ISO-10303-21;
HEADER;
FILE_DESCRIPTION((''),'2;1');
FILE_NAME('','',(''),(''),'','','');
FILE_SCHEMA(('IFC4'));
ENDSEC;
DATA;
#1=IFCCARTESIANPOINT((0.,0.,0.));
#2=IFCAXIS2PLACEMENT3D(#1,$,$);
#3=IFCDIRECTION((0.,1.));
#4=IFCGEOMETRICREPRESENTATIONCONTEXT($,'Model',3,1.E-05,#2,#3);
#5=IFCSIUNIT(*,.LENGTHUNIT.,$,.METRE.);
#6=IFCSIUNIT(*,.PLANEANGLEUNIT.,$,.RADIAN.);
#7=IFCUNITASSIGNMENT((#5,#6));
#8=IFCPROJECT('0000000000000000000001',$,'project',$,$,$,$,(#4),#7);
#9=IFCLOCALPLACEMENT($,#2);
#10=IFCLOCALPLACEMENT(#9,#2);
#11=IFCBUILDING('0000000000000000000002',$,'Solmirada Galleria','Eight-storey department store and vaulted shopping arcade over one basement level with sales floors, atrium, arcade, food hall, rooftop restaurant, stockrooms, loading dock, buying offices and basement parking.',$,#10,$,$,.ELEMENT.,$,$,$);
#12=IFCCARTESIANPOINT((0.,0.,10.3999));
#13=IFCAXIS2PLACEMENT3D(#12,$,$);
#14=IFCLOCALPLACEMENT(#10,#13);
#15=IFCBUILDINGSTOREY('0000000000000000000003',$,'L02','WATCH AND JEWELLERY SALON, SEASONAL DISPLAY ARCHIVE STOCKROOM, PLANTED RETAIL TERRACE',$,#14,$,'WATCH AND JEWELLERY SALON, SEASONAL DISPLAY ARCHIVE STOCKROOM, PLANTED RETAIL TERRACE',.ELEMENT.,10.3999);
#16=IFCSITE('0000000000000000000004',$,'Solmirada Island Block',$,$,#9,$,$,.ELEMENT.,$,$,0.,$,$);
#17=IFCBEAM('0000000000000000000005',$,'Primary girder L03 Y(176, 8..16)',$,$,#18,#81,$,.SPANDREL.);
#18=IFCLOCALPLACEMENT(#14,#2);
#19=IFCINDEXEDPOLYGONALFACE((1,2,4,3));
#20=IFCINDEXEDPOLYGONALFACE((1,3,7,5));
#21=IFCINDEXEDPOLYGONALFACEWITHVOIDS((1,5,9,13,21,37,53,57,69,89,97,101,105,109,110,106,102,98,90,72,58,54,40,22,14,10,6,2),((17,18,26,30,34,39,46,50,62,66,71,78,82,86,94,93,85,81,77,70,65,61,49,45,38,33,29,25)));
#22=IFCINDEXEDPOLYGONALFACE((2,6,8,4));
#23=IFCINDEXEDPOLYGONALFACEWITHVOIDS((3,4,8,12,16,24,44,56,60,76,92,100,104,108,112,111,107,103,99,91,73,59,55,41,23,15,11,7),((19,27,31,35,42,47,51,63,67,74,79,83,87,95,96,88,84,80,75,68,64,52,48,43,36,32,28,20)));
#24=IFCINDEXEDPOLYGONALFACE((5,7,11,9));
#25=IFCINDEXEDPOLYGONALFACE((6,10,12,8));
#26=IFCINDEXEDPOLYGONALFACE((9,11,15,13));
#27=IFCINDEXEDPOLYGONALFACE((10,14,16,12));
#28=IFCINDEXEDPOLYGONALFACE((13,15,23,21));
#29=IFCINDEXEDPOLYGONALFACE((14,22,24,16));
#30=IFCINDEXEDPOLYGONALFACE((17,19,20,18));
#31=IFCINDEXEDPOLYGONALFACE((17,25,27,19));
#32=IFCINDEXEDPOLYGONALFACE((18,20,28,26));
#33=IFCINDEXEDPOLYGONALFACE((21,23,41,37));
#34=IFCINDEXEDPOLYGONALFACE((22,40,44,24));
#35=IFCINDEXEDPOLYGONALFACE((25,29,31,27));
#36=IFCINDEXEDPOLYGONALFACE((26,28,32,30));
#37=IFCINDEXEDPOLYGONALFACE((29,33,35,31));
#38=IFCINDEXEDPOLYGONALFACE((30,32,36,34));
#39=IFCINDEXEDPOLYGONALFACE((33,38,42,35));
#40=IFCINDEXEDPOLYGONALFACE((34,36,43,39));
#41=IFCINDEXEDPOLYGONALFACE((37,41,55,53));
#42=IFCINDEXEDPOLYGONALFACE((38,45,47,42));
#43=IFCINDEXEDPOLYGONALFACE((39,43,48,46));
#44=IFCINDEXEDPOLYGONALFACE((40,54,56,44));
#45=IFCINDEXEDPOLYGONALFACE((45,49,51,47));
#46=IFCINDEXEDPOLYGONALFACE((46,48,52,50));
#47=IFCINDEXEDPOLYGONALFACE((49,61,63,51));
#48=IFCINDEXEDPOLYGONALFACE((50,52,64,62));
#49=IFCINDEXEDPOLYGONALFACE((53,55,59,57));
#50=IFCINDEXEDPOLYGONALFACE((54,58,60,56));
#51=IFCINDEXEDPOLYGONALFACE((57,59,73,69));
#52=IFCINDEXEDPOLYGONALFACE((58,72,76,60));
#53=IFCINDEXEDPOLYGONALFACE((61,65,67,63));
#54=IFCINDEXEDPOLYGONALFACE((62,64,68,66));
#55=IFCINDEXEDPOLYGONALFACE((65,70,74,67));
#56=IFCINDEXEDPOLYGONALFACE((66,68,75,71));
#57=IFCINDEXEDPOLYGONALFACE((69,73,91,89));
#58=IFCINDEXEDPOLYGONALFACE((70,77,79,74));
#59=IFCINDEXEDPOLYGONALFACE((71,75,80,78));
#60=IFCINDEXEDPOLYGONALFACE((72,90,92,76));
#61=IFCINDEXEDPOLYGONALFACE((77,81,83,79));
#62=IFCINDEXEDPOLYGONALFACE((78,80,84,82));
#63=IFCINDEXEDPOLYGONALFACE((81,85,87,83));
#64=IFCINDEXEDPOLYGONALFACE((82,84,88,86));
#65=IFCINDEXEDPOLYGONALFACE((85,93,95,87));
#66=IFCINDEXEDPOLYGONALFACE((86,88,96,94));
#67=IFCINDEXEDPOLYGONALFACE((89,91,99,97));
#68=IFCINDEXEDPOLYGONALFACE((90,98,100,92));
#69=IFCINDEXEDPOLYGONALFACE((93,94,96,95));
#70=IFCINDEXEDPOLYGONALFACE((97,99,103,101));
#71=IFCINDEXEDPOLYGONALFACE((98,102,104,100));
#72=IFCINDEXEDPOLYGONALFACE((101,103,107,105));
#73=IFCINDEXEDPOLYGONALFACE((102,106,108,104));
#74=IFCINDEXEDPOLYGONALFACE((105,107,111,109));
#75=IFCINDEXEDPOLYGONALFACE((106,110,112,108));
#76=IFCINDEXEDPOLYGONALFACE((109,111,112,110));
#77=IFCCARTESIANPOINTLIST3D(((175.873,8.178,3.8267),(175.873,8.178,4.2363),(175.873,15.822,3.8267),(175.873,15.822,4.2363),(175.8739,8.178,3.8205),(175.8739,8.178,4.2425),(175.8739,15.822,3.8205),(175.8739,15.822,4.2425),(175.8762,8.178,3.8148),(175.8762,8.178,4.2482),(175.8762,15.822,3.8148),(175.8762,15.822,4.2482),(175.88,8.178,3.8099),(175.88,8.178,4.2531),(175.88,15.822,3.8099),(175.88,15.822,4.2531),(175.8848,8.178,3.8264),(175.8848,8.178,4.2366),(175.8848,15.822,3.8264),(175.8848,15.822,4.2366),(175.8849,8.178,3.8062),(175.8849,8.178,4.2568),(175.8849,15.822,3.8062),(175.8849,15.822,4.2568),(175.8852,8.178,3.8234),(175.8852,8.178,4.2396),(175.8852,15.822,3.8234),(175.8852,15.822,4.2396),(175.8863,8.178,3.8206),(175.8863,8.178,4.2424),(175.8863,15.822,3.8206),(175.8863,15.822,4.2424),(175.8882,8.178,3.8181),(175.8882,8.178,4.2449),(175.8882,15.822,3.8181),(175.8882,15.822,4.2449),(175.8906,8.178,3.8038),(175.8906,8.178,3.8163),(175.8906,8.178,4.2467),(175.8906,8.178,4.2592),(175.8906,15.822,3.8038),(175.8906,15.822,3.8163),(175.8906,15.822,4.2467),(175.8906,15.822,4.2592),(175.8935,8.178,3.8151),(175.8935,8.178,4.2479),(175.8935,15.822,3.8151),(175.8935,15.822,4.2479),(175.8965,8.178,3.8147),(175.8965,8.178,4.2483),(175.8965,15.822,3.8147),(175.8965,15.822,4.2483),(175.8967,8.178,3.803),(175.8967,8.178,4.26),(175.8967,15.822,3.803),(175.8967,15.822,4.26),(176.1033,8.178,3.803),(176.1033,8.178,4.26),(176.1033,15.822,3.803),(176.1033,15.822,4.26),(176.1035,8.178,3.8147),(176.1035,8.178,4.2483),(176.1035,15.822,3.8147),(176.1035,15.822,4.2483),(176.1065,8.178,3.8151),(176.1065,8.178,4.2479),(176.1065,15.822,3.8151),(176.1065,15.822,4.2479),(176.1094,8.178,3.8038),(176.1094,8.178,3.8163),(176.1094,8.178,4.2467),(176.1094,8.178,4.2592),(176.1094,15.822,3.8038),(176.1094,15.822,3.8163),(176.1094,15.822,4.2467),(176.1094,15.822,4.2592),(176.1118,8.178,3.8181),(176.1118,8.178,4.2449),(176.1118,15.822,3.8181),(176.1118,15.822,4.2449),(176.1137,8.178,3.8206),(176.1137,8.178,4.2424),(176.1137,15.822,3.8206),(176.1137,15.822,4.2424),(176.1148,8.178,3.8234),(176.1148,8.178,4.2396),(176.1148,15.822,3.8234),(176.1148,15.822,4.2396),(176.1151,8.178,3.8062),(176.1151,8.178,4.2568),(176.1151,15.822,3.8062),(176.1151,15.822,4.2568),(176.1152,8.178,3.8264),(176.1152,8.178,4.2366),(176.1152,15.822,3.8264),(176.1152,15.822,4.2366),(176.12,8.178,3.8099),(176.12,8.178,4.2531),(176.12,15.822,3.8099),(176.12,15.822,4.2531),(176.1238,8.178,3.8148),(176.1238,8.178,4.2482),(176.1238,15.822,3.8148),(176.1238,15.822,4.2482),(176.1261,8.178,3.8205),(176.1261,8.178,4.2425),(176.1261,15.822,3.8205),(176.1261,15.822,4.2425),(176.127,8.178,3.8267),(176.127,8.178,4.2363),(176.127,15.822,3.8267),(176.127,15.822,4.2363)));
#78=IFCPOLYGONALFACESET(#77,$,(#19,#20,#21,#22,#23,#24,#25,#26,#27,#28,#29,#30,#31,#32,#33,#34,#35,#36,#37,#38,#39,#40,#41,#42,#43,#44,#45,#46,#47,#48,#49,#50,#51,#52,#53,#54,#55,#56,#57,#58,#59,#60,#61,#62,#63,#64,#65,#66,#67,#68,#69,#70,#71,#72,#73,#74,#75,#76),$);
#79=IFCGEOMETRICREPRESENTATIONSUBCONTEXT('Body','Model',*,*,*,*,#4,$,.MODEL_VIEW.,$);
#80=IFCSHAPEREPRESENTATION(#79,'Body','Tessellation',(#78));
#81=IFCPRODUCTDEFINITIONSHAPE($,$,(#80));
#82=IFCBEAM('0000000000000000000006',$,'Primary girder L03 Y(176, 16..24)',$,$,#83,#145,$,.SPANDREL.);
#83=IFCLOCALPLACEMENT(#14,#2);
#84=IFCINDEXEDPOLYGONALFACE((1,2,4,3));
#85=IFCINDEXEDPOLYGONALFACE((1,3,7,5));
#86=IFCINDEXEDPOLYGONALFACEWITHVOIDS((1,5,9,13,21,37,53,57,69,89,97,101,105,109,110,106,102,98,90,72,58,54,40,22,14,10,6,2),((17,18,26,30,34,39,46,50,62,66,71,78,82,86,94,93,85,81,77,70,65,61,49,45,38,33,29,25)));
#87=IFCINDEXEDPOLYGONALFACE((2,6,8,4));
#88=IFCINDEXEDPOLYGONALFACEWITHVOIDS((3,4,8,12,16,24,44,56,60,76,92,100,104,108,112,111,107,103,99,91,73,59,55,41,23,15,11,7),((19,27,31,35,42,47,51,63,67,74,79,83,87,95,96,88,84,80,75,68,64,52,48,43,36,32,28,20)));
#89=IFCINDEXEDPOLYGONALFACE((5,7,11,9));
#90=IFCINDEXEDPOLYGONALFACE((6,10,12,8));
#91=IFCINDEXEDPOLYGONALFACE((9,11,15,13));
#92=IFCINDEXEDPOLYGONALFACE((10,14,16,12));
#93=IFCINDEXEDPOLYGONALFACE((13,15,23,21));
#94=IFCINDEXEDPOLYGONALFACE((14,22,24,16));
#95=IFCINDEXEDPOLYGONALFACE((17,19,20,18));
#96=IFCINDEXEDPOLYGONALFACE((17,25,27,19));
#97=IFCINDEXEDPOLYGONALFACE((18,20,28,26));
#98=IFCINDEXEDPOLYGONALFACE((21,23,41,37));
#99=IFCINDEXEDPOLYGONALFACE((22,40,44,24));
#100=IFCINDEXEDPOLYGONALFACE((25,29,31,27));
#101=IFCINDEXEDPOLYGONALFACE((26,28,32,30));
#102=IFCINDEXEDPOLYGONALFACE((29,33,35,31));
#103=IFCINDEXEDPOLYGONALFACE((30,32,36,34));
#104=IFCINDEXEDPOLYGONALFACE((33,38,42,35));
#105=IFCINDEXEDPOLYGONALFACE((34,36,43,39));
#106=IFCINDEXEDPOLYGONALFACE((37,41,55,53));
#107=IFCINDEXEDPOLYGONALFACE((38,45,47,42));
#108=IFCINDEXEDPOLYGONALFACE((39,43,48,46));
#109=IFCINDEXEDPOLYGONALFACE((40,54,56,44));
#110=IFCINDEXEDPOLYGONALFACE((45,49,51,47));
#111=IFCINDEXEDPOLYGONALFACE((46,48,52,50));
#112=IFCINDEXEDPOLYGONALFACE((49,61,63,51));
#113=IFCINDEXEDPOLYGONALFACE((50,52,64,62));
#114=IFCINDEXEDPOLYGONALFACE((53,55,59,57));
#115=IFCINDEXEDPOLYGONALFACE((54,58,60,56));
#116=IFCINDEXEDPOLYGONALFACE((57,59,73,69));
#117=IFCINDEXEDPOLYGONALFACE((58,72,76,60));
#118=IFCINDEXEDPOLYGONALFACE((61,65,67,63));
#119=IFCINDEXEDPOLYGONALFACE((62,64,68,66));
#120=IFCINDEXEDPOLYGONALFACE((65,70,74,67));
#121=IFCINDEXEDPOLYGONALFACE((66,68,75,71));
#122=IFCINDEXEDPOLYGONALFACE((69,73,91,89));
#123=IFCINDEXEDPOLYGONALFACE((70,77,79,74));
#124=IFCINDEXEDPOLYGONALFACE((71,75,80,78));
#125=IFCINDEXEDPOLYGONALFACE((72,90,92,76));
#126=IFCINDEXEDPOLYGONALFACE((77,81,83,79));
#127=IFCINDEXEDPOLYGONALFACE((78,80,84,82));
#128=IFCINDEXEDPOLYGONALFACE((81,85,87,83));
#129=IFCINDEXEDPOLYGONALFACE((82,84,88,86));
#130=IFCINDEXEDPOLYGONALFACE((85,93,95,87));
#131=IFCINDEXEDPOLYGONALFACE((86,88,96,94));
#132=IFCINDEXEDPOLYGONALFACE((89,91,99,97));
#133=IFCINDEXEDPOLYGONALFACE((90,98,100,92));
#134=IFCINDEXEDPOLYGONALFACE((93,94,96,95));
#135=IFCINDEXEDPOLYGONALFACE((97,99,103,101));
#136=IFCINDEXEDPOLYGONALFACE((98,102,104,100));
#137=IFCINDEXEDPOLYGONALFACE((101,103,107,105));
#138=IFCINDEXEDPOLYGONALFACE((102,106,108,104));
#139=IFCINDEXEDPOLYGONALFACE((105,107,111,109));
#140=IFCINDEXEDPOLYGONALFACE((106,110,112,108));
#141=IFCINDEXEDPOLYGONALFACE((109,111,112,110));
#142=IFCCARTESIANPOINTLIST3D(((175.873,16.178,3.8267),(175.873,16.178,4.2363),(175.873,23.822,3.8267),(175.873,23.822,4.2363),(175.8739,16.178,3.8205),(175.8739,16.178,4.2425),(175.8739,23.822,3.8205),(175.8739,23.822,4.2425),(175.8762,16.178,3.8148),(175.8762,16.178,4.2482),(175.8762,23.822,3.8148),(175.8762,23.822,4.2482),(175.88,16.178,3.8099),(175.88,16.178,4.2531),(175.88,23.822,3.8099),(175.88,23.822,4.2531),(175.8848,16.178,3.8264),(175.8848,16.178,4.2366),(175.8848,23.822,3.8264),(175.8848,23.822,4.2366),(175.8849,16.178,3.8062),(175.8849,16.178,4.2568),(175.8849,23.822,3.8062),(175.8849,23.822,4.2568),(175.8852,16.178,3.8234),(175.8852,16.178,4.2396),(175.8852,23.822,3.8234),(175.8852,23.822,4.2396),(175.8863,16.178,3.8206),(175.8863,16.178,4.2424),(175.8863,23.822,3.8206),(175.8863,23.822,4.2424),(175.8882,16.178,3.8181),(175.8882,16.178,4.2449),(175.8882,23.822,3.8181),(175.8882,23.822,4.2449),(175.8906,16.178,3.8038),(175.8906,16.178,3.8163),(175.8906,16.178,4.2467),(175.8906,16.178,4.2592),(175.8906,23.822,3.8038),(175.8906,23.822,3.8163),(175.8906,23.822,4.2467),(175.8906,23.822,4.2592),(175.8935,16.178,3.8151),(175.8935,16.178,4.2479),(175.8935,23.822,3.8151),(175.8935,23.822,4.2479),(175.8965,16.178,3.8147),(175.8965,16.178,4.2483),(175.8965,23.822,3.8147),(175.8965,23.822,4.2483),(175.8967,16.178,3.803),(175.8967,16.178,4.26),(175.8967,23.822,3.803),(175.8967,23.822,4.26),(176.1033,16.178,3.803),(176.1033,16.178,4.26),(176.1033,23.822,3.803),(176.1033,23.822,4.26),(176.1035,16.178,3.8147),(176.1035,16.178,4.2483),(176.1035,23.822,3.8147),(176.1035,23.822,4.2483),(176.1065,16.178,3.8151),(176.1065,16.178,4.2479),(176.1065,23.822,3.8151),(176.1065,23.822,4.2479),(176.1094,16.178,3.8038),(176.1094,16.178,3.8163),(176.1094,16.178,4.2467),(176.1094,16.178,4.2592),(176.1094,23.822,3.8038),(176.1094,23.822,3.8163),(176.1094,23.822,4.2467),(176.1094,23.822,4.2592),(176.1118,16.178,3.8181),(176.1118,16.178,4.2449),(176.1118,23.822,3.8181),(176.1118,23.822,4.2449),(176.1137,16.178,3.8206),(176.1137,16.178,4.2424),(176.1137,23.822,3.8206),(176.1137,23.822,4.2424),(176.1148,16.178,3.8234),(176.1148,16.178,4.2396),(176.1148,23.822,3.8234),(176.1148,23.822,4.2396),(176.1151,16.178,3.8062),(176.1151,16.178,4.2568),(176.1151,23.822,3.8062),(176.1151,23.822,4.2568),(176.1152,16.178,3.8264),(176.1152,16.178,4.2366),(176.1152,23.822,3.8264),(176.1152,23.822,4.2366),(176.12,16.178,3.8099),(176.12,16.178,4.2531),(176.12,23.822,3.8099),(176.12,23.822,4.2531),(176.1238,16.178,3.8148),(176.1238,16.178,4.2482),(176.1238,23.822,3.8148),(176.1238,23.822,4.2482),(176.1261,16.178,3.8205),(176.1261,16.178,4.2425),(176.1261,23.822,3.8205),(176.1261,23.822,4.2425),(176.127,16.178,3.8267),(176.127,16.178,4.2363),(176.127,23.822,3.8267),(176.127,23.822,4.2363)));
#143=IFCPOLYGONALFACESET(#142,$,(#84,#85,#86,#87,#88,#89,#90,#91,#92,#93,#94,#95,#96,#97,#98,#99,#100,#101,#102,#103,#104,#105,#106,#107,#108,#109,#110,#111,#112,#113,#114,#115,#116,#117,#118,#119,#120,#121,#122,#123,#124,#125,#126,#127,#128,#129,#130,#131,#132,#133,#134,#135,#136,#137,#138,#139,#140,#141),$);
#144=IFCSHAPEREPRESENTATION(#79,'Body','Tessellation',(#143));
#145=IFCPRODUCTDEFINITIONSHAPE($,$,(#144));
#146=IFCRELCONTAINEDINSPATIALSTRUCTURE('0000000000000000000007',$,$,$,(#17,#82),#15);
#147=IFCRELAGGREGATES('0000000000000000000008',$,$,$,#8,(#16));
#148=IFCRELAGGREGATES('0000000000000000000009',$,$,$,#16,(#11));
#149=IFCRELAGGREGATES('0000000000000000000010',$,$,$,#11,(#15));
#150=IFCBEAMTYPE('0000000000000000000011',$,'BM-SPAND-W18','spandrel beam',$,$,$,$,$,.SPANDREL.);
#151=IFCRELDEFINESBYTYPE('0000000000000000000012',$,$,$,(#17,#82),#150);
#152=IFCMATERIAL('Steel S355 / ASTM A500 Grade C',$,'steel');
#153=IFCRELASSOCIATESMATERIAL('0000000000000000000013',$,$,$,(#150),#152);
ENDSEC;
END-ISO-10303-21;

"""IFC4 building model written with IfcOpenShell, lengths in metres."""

from ifc_helpers import new_model, si_unit, direction, frame, origin, origin_2d, place, context, subcontext, project, spatial, hollow_rectangle, extrude, material, material_profile, profile_set, type_object, element, save


model = new_model("IFC4")

# Units and contexts
model_context = context("Model", 3, precision=1e-05, world=origin(), true_north=direction((0.0, 1.0)))
body_context = subcontext(model_context, "Body", "Model", "MODEL_VIEW")
ifc_project = project(units=[si_unit("LENGTHUNIT", "METRE"), si_unit("PLANEANGLEUNIT", "RADIAN")], contexts=[model_context])

# Site, building, storey
site_placement = place(None, origin())
site = spatial("IfcSite", under=ifc_project, at=site_placement, Name="Solmirada Island Block", CompositionType="ELEMENT", RefElevation=0.0)
building_placement = place(site_placement, origin())
building = spatial("IfcBuilding", under=site, at=building_placement, Name="Solmirada Galleria", Description="Eight-storey department store and vaulted shopping arcade over one basement level with sales floors, atrium, arcade, food hall, rooftop restaurant, stockrooms, loading dock, buying offices and basement parking.", CompositionType="ELEMENT")
storey_placement = place(building_placement, frame((0.0, 0.0, 10.3999)))
storey = spatial("IfcBuildingStorey", under=building, at=storey_placement, Name="L02", Description="WATCH AND JEWELLERY SALON, SEASONAL DISPLAY ARCHIVE STOCKROOM, PLANTED RETAIL TERRACE", LongName="WATCH AND JEWELLERY SALON, SEASONAL DISPLAY ARCHIVE STOCKROOM, PLANTED RETAIL TERRACE", CompositionType="ELEMENT", Elevation=10.3999)

# Shared definitions
ifc_material_1 = material(Name="Steel S355 / ASTM A500 Grade C", Category="steel")

# Beams
ifc_material_profile_1 = material_profile(ifc_material_1, hollow_rectangle(XDim=0.2539, YDim=0.457, WallThickness=0.0117, InnerFilletRadius=0.0117, OuterFilletRadius=0.0237, at=origin_2d()), Name="HSS18X10X1/2")
ifc_profile_set_1 = profile_set([ifc_material_profile_1], Name="Steel S355 / ASTM A500 Grade C")
beam_type_1 = type_object("IfcBeamType", Name="BM-SPAND-W18", Description="spandrel beam", PredefinedType="SPANDREL", material=ifc_profile_set_1)
for number, where, z_axis, x_axis, name in (
    (1, (176.0, 8.178, 4.0315), (0.0, 1.0, 0.0), (-1.0, 0.0, 0.0), "Primary girder L03 Y(176, 8..16)"),
    (2, (176.0, 16.178, 4.0315), (0.0, 1.0, 0.0), (-1.0, 0.0, 0.0), "Primary girder L03 Y(176, 16..24)"),
):
    element("IfcBeam", number, at=place(storey_placement, frame(where, z_axis=z_axis, x_axis=x_axis)), inside=storey, type_object=beam_type_1, Name=name, PredefinedType="SPANDREL", context=body_context, shape_type="SweptSolid", body=[
        extrude(hollow_rectangle(XDim=0.2539, YDim=0.457, WallThickness=0.0117, InnerFilletRadius=0.0117, OuterFilletRadius=0.0237, at=origin_2d()), origin(), (0.0, 0.0, 1.0), 7.644),
    ])

save(model, "model.ifc")
